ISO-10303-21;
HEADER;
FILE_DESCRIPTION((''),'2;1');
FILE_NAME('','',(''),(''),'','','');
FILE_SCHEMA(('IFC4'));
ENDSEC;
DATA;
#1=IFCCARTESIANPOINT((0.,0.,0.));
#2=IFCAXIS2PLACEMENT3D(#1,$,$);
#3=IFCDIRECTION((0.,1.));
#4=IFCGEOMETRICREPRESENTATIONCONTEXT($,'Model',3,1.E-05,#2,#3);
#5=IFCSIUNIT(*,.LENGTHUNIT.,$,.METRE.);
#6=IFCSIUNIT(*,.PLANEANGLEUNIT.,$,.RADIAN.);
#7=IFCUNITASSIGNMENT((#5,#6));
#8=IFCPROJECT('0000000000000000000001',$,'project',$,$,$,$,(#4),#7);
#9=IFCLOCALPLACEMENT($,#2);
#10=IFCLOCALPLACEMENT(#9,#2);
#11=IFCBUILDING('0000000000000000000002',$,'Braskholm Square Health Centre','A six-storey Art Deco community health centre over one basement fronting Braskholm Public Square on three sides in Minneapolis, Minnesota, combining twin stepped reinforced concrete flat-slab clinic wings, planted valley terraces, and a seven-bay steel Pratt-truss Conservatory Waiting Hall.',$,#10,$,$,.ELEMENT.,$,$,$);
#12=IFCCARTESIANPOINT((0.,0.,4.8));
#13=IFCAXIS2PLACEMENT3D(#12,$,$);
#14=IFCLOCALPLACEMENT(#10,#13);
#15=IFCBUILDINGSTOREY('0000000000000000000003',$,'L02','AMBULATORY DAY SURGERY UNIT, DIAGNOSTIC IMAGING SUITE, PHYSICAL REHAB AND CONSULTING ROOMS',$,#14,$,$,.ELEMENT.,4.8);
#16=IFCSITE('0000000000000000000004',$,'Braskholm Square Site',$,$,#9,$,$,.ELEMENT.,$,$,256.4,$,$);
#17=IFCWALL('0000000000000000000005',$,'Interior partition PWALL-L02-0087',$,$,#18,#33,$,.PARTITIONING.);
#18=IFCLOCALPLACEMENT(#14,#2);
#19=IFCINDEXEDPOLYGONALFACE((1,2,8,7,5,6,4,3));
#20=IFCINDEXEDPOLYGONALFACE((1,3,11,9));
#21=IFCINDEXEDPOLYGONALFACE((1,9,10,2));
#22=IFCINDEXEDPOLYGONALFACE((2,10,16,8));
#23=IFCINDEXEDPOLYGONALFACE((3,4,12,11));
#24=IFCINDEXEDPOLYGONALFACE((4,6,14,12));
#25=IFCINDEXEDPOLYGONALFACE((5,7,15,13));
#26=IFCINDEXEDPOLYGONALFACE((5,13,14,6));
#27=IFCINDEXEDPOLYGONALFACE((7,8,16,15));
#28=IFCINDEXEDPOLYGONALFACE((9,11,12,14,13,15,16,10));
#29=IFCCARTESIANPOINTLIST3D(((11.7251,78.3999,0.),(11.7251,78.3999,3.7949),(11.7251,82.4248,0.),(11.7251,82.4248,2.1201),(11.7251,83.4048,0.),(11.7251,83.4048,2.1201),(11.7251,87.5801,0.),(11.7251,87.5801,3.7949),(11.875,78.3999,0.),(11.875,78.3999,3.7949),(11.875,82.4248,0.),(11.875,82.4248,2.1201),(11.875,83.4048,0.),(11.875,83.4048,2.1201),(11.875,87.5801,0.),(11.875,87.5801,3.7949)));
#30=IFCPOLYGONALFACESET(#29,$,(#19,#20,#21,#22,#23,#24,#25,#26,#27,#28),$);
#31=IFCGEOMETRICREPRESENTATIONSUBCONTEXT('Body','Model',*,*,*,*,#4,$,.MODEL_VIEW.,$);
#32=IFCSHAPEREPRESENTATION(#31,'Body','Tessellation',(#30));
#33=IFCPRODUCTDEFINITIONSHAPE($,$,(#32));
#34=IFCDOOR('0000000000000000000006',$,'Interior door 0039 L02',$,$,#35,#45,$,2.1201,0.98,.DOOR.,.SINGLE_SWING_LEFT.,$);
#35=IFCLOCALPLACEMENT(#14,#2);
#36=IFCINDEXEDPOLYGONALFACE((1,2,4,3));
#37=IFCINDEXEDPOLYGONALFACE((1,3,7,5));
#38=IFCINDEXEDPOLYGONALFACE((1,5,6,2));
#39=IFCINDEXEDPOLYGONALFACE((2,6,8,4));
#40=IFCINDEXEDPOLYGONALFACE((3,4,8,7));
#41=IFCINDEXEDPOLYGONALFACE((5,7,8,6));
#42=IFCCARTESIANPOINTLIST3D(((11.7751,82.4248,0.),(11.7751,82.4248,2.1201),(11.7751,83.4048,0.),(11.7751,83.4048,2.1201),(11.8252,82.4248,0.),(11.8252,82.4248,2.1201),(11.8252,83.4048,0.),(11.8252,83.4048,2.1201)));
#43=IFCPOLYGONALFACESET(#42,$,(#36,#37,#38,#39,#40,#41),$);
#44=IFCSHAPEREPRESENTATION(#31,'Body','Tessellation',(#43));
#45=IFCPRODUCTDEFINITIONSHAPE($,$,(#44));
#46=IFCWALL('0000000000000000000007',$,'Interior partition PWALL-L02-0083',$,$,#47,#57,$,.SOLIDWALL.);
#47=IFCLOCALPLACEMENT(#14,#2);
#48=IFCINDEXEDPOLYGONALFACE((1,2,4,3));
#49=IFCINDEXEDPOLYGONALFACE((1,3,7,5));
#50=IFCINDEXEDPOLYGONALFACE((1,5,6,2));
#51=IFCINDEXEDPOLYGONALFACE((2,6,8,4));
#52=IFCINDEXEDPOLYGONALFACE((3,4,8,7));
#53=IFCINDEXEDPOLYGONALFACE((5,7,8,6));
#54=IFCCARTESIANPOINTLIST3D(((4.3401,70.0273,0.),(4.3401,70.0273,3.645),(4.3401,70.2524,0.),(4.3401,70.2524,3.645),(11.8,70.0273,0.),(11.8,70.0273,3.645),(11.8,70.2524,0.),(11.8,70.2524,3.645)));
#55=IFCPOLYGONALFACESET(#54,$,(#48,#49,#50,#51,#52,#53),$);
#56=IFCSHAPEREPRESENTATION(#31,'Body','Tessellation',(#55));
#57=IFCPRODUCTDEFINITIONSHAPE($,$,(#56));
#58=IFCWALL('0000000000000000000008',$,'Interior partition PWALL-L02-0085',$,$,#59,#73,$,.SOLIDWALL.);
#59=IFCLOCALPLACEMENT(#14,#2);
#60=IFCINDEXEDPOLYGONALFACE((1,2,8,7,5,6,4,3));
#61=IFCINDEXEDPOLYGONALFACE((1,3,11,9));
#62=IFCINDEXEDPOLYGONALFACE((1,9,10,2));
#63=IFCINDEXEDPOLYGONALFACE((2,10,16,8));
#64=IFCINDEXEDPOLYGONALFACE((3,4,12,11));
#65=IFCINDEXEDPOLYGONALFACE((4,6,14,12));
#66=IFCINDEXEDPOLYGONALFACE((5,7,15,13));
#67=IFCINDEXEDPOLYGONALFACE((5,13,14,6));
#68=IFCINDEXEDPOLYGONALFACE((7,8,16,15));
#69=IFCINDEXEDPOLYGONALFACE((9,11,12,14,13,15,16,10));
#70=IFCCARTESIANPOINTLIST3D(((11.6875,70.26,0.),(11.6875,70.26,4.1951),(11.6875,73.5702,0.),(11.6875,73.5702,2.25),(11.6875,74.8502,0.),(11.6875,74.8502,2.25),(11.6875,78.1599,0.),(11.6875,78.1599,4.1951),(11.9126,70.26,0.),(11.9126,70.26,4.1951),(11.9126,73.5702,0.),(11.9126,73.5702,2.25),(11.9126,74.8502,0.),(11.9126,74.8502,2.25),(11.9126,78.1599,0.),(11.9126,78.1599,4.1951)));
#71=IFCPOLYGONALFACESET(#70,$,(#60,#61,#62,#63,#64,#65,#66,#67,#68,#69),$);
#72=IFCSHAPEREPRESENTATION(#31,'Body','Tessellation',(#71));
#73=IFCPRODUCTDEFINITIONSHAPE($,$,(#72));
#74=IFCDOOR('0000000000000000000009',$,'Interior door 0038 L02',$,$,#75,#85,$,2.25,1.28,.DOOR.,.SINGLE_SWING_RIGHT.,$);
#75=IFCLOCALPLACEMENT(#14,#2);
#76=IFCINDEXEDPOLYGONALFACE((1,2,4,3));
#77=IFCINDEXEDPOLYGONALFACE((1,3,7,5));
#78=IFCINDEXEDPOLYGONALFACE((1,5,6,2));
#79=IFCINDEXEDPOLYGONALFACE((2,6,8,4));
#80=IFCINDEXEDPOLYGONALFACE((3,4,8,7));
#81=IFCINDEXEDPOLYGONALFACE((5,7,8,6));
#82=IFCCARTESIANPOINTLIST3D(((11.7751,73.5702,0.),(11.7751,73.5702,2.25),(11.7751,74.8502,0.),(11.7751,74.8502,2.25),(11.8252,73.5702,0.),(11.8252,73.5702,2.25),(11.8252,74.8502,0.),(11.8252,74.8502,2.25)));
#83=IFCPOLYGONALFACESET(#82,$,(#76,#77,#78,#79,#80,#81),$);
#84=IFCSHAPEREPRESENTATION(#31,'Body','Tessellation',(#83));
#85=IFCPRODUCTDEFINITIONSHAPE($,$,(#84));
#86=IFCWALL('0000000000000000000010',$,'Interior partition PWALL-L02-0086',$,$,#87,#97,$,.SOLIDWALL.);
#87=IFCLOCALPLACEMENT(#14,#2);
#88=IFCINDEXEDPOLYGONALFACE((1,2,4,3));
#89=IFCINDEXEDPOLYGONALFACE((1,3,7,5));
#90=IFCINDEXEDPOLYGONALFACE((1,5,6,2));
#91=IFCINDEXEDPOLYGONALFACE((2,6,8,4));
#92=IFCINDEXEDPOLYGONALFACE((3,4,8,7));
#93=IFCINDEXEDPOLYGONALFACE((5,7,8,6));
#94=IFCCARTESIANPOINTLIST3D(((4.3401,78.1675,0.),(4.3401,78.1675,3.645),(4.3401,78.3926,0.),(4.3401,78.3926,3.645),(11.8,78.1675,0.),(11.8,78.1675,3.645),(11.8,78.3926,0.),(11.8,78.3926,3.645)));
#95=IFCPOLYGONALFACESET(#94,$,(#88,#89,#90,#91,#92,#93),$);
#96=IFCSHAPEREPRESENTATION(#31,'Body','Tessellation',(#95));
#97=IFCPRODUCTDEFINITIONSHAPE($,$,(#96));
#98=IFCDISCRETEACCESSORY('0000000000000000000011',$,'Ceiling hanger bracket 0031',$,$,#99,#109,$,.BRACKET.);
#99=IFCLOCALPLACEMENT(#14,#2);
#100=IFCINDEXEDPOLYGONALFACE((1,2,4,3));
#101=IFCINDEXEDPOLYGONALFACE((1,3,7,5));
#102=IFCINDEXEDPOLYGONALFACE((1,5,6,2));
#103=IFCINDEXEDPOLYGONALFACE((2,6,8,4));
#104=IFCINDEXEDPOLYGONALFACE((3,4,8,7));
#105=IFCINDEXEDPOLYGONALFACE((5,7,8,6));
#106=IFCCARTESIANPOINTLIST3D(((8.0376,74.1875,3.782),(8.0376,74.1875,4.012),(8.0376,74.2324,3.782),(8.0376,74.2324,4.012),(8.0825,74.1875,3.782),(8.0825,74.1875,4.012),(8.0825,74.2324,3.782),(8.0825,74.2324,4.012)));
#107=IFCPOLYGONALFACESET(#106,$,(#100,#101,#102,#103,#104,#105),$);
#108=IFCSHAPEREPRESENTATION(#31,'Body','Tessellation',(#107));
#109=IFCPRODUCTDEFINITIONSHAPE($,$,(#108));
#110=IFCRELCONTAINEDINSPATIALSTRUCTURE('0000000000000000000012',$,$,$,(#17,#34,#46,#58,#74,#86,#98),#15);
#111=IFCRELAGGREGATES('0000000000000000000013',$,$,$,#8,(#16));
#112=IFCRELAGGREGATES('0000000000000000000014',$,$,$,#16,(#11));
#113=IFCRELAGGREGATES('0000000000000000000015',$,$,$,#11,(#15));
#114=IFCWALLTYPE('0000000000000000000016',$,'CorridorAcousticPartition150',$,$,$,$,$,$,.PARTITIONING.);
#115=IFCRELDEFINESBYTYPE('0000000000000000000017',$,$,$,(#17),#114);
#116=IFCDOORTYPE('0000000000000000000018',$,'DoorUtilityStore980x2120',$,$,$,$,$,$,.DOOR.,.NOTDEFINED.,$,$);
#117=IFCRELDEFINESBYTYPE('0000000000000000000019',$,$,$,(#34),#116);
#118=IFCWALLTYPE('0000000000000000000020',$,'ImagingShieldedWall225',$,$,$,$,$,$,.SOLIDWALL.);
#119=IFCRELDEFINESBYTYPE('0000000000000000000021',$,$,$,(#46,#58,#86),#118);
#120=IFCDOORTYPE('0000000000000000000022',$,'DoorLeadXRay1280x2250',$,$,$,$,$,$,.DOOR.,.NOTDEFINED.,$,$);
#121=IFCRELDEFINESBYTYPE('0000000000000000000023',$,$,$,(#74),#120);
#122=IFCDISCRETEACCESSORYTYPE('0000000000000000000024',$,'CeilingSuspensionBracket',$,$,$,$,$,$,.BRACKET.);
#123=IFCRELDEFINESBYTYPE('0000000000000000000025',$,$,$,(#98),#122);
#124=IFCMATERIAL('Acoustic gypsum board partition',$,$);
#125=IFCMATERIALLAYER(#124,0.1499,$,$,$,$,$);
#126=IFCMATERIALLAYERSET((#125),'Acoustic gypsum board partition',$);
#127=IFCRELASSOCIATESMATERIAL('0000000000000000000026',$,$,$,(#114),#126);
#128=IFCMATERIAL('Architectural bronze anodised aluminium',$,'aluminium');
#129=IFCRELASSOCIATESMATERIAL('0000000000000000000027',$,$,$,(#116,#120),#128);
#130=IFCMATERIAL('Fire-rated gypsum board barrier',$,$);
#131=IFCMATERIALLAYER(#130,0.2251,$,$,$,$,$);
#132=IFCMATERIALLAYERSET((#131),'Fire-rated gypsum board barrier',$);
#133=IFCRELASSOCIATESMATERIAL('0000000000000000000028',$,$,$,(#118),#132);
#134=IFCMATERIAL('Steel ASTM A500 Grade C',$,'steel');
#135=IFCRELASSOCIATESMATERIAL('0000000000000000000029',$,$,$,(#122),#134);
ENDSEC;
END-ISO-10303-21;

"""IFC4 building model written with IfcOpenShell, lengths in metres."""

from ifc_helpers import new_model, si_unit, direction, frame, frame_2d, origin, origin_with_axes, origin_2d, place, context, subcontext, project, spatial, rectangle, extrude, material, layer, layer_set, type_object, element, fill, save


model = new_model("IFC4")

# Units and contexts
model_context = context("Model", 3, precision=1e-05, world=origin(), true_north=direction((0.0, 1.0)))
body_context = subcontext(model_context, "Body", "Model", "MODEL_VIEW")
ifc_project = project(units=[si_unit("LENGTHUNIT", "METRE"), si_unit("PLANEANGLEUNIT", "RADIAN")], contexts=[model_context])

# Site, building, storey
site_placement = place(None, origin())
site = spatial("IfcSite", under=ifc_project, at=site_placement, Name="Braskholm Square Site", CompositionType="ELEMENT", RefElevation=256.4)
building_placement = place(site_placement, origin())
building = spatial("IfcBuilding", under=site, at=building_placement, Name="Braskholm Square Health Centre", Description="A six-storey Art Deco community health centre over one basement fronting Braskholm Public Square on three sides in Minneapolis, Minnesota, combining twin stepped reinforced concrete flat-slab clinic wings, planted valley terraces, and a seven-bay steel Pratt-truss Conservatory Waiting Hall.", CompositionType="ELEMENT")
storey_placement = place(building_placement, frame((0.0, 0.0, 4.8)))
storey = spatial("IfcBuildingStorey", under=building, at=storey_placement, Name="L02", Description="AMBULATORY DAY SURGERY UNIT, DIAGNOSTIC IMAGING SUITE, PHYSICAL REHAB AND CONSULTING ROOMS", CompositionType="ELEMENT", Elevation=4.8)

# Shared definitions
ifc_material_1 = material(Name="Architectural bronze anodised aluminium", Category="aluminium")

# Wall, opening, door
ifc_material_2 = material(Name="Acoustic gypsum board partition")
ifc_layer_1 = layer(ifc_material_2, 0.1499)
ifc_layer_set_1 = layer_set([ifc_layer_1], Name="Acoustic gypsum board partition")
wall_type_1 = type_object("IfcWallType", Name="CorridorAcousticPartition150", PredefinedType="PARTITIONING", material=ifc_layer_set_1)
wall_1_placement = place(storey_placement, frame((11.8, 78.3999, 0.0), z_axis=(0.0, 0.0, 1.0), x_axis=(0.0, 1.0, 0.0)))
wall_1 = element("IfcWall", 1, at=wall_1_placement, inside=storey, type_object=wall_type_1, Name="Interior partition PWALL-L02-0087", PredefinedType="PARTITIONING", context=body_context, shape_type="SweptSolid", body=[
    extrude(rectangle(XDim=9.1802, YDim=0.1499, at=frame_2d((4.5901, 0.0))), origin(), (0.0, 0.0, 1.0), 3.7949),
])
opening_1_placement = place(wall_1_placement, frame((4.0249, 0.0, 0.0)))
opening_1 = element("IfcOpeningElement", 2, at=opening_1_placement, cuts=wall_1, PredefinedType="OPENING", context=body_context, shape_type="SweptSolid", body=[
    extrude(rectangle(XDim=0.98, YDim=2.1201, at=frame_2d((0.49, 1.0601))), frame((0.0, 0.085, 0.0), z_axis=(0.0, -1.0, 0.0), x_axis=(1.0, 0.0, 0.0)), (0.0, 0.0, 1.0), 0.1699),
])
door_type_1 = type_object("IfcDoorType", Name="DoorUtilityStore980x2120", OperationType="NOTDEFINED", PredefinedType="DOOR", material=ifc_material_1)
door_1_placement = place(opening_1_placement, origin_with_axes())
door_1 = element("IfcDoor", 3, at=door_1_placement, inside=storey, type_object=door_type_1, Name="Interior door 0039 L02", OperationType="SINGLE_SWING_LEFT", OverallHeight=2.1201, OverallWidth=0.98, PredefinedType="DOOR", context=body_context, shape_type="SweptSolid", body=[
    extrude(rectangle(XDim=0.98, YDim=2.1201, at=frame_2d((0.49, 1.0601))), frame((0.0, 0.0249, 0.0), z_axis=(0.0, -1.0, 0.0), x_axis=(1.0, 0.0, 0.0)), (0.0, 0.0, 1.0), 0.05),
])
fill(opening_1, door_1)

# Wall
ifc_material_3 = material(Name="Fire-rated gypsum board barrier")
ifc_layer_2 = layer(ifc_material_3, 0.2251)
ifc_layer_set_2 = layer_set([ifc_layer_2], Name="Fire-rated gypsum board barrier")
wall_type_2 = type_object("IfcWallType", Name="ImagingShieldedWall225", PredefinedType="SOLIDWALL", material=ifc_layer_set_2)
wall_2_placement = place(storey_placement, frame((4.3401, 70.1399, 0.0), z_axis=(0.0, 0.0, 1.0), x_axis=(1.0, 0.0, 0.0)))
element("IfcWall", 4, at=wall_2_placement, inside=storey, type_object=wall_type_2, Name="Interior partition PWALL-L02-0083", PredefinedType="SOLIDWALL", context=body_context, shape_type="SweptSolid", body=[
    extrude(rectangle(XDim=7.46, YDim=0.2251, at=frame_2d((3.73, 0.0))), origin(), (0.0, 0.0, 1.0), 3.645),
])

# Wall, opening, door
wall_3_placement = place(storey_placement, frame((11.8, 70.26, 0.0), z_axis=(0.0, 0.0, 1.0), x_axis=(0.0, 1.0, 0.0)))
wall_3 = element("IfcWall", 5, at=wall_3_placement, inside=storey, type_object=wall_type_2, Name="Interior partition PWALL-L02-0085", PredefinedType="SOLIDWALL", context=body_context, shape_type="SweptSolid", body=[
    extrude(rectangle(XDim=7.8999, YDim=0.2251, at=frame_2d((3.95, 0.0))), origin(), (0.0, 0.0, 1.0), 4.1951),
])
opening_2_placement = place(wall_3_placement, frame((3.3101, 0.0, 0.0)))
opening_2 = element("IfcOpeningElement", 6, at=opening_2_placement, cuts=wall_3, PredefinedType="OPENING", context=body_context, shape_type="SweptSolid", body=[
    extrude(rectangle(XDim=1.28, YDim=2.25, at=frame_2d((0.6401, 1.125))), frame((0.0, 0.1226, 0.0), z_axis=(0.0, -1.0, 0.0), x_axis=(1.0, 0.0, 0.0)), (0.0, 0.0, 1.0), 0.2451),
])
door_type_2 = type_object("IfcDoorType", Name="DoorLeadXRay1280x2250", OperationType="NOTDEFINED", PredefinedType="DOOR", material=ifc_material_1)
door_2_placement = place(opening_2_placement, origin_with_axes())
door_2 = element("IfcDoor", 7, at=door_2_placement, inside=storey, type_object=door_type_2, Name="Interior door 0038 L02", OperationType="SINGLE_SWING_RIGHT", OverallHeight=2.25, OverallWidth=1.28, PredefinedType="DOOR", context=body_context, shape_type="SweptSolid", body=[
    extrude(rectangle(XDim=1.28, YDim=2.25, at=frame_2d((0.6401, 1.125))), frame((0.0, 0.0249, 0.0), z_axis=(0.0, -1.0, 0.0), x_axis=(1.0, 0.0, 0.0)), (0.0, 0.0, 1.0), 0.05),
])
fill(opening_2, door_2)

# Wall
wall_4_placement = place(storey_placement, frame((4.3401, 78.28, 0.0), z_axis=(0.0, 0.0, 1.0), x_axis=(1.0, 0.0, 0.0)))
element("IfcWall", 8, at=wall_4_placement, inside=storey, type_object=wall_type_2, Name="Interior partition PWALL-L02-0086", PredefinedType="SOLIDWALL", context=body_context, shape_type="SweptSolid", body=[
    extrude(rectangle(XDim=7.46, YDim=0.2251, at=frame_2d((3.73, 0.0))), origin(), (0.0, 0.0, 1.0), 3.645),
])

# Discrete accessory
ifc_material_4 = material(Name="Steel ASTM A500 Grade C", Category="steel")
discrete_accessory_type = type_object("IfcDiscreteAccessoryType", Name="CeilingSuspensionBracket", PredefinedType="BRACKET", material=ifc_material_4)
discrete_accessory_placement = place(storey_placement, frame((8.0601, 74.21, 3.782), z_axis=(0.0, 0.0, 1.0), x_axis=(1.0, 0.0, 0.0)))
element("IfcDiscreteAccessory", 9, at=discrete_accessory_placement, inside=storey, type_object=discrete_accessory_type, Name="Ceiling hanger bracket 0031", PredefinedType="BRACKET", context=body_context, shape_type="SweptSolid", body=[
    extrude(rectangle(XDim=0.0449, YDim=0.0449, at=origin_2d()), origin(), (0.0, 0.0, 1.0), 0.23),
])

save(model, "model.ifc")
